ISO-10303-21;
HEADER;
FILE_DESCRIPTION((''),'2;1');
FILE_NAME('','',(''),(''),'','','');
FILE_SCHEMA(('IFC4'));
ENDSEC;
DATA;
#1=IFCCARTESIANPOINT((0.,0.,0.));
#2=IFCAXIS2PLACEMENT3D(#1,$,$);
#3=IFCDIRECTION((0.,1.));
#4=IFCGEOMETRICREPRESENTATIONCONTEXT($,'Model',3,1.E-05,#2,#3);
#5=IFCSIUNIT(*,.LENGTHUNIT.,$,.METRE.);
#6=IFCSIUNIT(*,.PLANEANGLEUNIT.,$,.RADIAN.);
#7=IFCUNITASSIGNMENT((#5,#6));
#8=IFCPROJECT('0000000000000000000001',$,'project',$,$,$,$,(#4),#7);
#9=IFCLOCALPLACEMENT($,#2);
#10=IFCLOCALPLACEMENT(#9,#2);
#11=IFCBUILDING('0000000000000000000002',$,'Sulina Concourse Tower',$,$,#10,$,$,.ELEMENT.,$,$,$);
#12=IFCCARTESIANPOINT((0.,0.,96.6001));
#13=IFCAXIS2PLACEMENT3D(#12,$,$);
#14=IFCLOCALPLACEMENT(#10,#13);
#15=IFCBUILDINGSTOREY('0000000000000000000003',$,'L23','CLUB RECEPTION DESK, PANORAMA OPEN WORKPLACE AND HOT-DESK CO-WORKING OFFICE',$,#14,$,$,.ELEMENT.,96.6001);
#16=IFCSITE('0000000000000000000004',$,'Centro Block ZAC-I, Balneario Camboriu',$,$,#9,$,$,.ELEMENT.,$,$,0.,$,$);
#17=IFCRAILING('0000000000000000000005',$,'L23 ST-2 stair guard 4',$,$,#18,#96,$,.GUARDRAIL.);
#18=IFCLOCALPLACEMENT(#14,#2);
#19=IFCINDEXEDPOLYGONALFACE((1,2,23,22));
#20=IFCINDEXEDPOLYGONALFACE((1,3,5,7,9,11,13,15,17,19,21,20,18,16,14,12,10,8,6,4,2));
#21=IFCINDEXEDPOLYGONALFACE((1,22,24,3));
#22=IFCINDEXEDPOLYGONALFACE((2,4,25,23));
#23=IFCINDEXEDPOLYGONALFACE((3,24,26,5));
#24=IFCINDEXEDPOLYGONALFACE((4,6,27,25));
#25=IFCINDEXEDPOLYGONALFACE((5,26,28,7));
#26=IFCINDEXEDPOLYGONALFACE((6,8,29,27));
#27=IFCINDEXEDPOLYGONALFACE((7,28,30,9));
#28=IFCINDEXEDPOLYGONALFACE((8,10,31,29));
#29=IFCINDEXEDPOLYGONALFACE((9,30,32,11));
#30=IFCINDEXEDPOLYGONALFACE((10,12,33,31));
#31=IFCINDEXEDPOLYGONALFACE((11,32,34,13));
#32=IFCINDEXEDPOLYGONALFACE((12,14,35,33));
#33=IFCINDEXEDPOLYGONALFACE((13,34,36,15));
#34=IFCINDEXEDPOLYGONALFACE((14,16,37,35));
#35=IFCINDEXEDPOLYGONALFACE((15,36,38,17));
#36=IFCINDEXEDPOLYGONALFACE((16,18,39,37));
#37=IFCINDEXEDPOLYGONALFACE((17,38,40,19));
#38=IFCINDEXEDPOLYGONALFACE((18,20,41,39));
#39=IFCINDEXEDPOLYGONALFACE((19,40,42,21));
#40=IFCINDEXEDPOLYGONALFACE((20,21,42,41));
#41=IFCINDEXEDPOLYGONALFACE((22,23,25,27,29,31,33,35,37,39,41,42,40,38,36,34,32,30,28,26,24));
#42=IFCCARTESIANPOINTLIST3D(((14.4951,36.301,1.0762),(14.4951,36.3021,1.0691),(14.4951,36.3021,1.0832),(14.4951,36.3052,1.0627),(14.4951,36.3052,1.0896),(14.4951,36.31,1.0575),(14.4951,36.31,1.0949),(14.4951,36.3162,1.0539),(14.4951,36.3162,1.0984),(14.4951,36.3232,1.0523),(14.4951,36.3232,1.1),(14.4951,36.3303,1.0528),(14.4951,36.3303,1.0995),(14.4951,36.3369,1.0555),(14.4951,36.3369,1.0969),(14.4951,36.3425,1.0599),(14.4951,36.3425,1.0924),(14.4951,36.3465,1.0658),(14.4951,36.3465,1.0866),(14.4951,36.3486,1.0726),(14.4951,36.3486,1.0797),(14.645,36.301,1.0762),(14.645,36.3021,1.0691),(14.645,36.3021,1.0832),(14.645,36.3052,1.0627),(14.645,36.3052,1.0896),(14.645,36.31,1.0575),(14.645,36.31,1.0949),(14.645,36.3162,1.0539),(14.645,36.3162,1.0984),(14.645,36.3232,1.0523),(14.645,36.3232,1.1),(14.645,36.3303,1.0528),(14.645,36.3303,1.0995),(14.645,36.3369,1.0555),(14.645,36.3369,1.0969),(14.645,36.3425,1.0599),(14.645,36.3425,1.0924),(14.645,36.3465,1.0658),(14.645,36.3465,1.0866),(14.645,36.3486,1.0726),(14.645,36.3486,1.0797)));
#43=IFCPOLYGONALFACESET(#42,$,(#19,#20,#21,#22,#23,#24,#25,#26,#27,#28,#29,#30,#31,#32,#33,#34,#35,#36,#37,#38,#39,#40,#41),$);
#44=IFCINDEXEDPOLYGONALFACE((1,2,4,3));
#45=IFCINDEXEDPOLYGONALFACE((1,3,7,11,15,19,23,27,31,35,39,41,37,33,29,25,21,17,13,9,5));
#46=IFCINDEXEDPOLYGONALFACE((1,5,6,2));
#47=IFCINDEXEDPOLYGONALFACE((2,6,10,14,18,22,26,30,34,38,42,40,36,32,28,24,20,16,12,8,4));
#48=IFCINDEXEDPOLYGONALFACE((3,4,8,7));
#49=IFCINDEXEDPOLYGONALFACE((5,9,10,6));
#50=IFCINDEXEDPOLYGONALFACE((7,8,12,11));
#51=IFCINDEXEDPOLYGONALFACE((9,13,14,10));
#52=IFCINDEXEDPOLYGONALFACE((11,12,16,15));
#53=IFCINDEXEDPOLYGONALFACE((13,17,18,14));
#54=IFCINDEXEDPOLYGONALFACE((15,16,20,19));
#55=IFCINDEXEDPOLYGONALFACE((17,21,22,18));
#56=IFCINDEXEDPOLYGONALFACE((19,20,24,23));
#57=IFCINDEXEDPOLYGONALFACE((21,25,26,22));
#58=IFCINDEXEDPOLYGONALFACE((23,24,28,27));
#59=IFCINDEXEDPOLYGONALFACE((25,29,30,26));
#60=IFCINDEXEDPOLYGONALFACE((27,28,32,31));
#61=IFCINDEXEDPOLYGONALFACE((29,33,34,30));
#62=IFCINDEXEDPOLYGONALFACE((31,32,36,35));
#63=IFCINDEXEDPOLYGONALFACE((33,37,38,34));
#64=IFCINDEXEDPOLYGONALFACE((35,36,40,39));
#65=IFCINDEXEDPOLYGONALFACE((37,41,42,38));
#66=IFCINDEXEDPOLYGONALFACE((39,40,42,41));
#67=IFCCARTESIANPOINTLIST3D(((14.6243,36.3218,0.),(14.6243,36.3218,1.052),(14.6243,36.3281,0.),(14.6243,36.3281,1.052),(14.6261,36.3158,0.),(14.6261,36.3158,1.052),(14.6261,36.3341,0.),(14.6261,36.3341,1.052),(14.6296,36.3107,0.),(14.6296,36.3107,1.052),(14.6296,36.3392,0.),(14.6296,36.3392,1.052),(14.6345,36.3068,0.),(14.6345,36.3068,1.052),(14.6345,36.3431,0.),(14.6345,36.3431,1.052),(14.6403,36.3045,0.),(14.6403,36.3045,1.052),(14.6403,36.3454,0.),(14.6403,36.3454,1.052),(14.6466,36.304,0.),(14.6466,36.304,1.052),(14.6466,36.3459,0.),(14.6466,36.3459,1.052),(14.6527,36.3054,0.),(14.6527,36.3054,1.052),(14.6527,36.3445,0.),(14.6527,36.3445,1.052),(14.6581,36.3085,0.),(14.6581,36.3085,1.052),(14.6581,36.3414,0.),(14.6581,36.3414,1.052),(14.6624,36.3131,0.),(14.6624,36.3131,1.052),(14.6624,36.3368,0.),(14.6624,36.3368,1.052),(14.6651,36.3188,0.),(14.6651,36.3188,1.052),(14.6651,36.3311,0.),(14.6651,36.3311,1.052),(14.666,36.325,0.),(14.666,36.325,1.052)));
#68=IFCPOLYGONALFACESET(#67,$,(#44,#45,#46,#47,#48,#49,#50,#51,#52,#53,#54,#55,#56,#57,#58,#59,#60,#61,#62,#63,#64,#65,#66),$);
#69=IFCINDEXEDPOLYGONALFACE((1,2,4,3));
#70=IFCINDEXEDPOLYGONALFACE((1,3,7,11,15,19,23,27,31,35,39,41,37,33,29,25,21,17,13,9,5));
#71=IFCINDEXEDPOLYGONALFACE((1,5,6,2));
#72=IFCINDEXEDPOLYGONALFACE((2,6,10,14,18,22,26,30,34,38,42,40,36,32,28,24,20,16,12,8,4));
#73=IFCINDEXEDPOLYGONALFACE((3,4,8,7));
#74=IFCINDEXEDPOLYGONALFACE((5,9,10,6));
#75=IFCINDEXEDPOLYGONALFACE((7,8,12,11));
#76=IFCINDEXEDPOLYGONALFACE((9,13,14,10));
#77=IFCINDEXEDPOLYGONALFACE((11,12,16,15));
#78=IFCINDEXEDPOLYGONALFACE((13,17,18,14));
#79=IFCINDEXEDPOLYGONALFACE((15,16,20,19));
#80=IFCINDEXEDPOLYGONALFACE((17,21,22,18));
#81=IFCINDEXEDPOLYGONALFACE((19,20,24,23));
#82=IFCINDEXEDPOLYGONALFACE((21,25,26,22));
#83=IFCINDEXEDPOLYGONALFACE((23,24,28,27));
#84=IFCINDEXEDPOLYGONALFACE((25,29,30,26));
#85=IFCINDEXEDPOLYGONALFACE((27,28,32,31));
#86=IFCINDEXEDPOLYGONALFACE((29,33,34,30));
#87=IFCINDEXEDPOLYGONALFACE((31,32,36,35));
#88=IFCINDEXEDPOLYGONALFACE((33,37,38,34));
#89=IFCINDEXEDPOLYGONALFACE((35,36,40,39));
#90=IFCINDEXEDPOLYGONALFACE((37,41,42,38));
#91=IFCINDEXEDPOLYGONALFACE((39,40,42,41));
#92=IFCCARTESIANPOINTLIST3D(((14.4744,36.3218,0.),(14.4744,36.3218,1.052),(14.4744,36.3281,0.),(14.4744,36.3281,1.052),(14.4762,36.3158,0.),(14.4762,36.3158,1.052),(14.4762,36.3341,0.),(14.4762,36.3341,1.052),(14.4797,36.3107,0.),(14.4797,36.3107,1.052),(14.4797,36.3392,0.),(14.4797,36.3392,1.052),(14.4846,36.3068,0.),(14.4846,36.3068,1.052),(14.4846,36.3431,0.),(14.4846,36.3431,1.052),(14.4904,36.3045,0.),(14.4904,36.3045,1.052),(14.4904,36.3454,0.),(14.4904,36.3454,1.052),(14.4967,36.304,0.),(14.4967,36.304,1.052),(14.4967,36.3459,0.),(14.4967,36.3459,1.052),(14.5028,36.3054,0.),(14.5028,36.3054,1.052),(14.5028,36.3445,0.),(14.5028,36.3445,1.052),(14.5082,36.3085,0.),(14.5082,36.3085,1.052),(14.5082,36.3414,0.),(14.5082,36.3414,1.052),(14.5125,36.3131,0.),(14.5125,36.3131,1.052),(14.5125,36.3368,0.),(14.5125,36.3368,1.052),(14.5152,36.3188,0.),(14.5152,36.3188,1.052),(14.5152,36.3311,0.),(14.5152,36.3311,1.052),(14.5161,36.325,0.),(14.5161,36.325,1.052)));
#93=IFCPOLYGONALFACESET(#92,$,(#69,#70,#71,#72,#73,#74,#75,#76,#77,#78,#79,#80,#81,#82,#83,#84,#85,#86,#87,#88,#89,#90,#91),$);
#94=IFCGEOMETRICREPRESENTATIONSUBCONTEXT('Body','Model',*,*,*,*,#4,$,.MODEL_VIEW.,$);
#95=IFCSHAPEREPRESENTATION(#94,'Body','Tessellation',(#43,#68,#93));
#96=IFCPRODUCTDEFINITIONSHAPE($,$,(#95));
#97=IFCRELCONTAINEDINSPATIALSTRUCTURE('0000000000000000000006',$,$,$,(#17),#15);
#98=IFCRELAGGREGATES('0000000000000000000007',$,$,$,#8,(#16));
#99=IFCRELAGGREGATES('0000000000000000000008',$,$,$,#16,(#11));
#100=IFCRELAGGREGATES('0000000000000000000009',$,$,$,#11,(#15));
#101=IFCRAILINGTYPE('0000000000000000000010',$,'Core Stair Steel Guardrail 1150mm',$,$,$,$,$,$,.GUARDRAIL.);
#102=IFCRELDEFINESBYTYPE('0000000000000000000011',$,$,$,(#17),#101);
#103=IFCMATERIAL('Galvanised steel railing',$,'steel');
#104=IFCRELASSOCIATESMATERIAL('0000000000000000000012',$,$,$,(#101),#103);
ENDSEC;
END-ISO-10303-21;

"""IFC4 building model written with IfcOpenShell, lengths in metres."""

from ifc_helpers import new_model, si_unit, direction, frame, origin, origin_2d, place, context, subcontext, project, spatial, circle, extrude, material, type_object, element, save


model = new_model("IFC4")

# Units and contexts
model_context = context("Model", 3, precision=1e-05, world=origin(), true_north=direction((0.0, 1.0)))
body_context = subcontext(model_context, "Body", "Model", "MODEL_VIEW")
ifc_project = project(units=[si_unit("LENGTHUNIT", "METRE"), si_unit("PLANEANGLEUNIT", "RADIAN")], contexts=[model_context])

# Site, building, storey
site_placement = place(None, origin())
site = spatial("IfcSite", under=ifc_project, at=site_placement, Name="Centro Block ZAC-I, Balneario Camboriu", CompositionType="ELEMENT", RefElevation=0.0)
building_placement = place(site_placement, origin())
building = spatial("IfcBuilding", under=site, at=building_placement, Name="Sulina Concourse Tower", CompositionType="ELEMENT")
storey_placement = place(building_placement, frame((0.0, 0.0, 96.6001)))
storey = spatial("IfcBuildingStorey", under=building, at=storey_placement, Name="L23", Description="CLUB RECEPTION DESK, PANORAMA OPEN WORKPLACE AND HOT-DESK CO-WORKING OFFICE", CompositionType="ELEMENT", Elevation=96.6001)

# Railing
ifc_material_1 = material(Name="Galvanised steel railing", Category="steel")
railing_type_1 = type_object("IfcRailingType", Name="Core Stair Steel Guardrail 1150mm", PredefinedType="GUARDRAIL", material=ifc_material_1)
railing_1_placement = place(storey_placement, frame((14.645, 36.325, 0.0)))
element("IfcRailing", 1, at=railing_1_placement, inside=storey, type_object=railing_type_1, Name="L23 ST-2 stair guard 4", PredefinedType="GUARDRAIL", context=body_context, shape_type="SweptSolid", body=[
    extrude(circle(Radius=0.0239, at=origin_2d()), frame((0.0, 0.0, 1.0762), z_axis=(-1.0, 0.0, 0.0), x_axis=(0.0, -1.0, 0.0)), (0.0, 0.0, 1.0), 0.1499),
    extrude(circle(Radius=0.021, at=origin_2d()), origin(), (0.0, 0.0, 1.0), 1.052),
    extrude(circle(Radius=0.021, at=origin_2d()), frame((-0.1499, 0.0, 0.0)), (0.0, 0.0, 1.0), 1.052),
])

save(model, "model.ifc")
